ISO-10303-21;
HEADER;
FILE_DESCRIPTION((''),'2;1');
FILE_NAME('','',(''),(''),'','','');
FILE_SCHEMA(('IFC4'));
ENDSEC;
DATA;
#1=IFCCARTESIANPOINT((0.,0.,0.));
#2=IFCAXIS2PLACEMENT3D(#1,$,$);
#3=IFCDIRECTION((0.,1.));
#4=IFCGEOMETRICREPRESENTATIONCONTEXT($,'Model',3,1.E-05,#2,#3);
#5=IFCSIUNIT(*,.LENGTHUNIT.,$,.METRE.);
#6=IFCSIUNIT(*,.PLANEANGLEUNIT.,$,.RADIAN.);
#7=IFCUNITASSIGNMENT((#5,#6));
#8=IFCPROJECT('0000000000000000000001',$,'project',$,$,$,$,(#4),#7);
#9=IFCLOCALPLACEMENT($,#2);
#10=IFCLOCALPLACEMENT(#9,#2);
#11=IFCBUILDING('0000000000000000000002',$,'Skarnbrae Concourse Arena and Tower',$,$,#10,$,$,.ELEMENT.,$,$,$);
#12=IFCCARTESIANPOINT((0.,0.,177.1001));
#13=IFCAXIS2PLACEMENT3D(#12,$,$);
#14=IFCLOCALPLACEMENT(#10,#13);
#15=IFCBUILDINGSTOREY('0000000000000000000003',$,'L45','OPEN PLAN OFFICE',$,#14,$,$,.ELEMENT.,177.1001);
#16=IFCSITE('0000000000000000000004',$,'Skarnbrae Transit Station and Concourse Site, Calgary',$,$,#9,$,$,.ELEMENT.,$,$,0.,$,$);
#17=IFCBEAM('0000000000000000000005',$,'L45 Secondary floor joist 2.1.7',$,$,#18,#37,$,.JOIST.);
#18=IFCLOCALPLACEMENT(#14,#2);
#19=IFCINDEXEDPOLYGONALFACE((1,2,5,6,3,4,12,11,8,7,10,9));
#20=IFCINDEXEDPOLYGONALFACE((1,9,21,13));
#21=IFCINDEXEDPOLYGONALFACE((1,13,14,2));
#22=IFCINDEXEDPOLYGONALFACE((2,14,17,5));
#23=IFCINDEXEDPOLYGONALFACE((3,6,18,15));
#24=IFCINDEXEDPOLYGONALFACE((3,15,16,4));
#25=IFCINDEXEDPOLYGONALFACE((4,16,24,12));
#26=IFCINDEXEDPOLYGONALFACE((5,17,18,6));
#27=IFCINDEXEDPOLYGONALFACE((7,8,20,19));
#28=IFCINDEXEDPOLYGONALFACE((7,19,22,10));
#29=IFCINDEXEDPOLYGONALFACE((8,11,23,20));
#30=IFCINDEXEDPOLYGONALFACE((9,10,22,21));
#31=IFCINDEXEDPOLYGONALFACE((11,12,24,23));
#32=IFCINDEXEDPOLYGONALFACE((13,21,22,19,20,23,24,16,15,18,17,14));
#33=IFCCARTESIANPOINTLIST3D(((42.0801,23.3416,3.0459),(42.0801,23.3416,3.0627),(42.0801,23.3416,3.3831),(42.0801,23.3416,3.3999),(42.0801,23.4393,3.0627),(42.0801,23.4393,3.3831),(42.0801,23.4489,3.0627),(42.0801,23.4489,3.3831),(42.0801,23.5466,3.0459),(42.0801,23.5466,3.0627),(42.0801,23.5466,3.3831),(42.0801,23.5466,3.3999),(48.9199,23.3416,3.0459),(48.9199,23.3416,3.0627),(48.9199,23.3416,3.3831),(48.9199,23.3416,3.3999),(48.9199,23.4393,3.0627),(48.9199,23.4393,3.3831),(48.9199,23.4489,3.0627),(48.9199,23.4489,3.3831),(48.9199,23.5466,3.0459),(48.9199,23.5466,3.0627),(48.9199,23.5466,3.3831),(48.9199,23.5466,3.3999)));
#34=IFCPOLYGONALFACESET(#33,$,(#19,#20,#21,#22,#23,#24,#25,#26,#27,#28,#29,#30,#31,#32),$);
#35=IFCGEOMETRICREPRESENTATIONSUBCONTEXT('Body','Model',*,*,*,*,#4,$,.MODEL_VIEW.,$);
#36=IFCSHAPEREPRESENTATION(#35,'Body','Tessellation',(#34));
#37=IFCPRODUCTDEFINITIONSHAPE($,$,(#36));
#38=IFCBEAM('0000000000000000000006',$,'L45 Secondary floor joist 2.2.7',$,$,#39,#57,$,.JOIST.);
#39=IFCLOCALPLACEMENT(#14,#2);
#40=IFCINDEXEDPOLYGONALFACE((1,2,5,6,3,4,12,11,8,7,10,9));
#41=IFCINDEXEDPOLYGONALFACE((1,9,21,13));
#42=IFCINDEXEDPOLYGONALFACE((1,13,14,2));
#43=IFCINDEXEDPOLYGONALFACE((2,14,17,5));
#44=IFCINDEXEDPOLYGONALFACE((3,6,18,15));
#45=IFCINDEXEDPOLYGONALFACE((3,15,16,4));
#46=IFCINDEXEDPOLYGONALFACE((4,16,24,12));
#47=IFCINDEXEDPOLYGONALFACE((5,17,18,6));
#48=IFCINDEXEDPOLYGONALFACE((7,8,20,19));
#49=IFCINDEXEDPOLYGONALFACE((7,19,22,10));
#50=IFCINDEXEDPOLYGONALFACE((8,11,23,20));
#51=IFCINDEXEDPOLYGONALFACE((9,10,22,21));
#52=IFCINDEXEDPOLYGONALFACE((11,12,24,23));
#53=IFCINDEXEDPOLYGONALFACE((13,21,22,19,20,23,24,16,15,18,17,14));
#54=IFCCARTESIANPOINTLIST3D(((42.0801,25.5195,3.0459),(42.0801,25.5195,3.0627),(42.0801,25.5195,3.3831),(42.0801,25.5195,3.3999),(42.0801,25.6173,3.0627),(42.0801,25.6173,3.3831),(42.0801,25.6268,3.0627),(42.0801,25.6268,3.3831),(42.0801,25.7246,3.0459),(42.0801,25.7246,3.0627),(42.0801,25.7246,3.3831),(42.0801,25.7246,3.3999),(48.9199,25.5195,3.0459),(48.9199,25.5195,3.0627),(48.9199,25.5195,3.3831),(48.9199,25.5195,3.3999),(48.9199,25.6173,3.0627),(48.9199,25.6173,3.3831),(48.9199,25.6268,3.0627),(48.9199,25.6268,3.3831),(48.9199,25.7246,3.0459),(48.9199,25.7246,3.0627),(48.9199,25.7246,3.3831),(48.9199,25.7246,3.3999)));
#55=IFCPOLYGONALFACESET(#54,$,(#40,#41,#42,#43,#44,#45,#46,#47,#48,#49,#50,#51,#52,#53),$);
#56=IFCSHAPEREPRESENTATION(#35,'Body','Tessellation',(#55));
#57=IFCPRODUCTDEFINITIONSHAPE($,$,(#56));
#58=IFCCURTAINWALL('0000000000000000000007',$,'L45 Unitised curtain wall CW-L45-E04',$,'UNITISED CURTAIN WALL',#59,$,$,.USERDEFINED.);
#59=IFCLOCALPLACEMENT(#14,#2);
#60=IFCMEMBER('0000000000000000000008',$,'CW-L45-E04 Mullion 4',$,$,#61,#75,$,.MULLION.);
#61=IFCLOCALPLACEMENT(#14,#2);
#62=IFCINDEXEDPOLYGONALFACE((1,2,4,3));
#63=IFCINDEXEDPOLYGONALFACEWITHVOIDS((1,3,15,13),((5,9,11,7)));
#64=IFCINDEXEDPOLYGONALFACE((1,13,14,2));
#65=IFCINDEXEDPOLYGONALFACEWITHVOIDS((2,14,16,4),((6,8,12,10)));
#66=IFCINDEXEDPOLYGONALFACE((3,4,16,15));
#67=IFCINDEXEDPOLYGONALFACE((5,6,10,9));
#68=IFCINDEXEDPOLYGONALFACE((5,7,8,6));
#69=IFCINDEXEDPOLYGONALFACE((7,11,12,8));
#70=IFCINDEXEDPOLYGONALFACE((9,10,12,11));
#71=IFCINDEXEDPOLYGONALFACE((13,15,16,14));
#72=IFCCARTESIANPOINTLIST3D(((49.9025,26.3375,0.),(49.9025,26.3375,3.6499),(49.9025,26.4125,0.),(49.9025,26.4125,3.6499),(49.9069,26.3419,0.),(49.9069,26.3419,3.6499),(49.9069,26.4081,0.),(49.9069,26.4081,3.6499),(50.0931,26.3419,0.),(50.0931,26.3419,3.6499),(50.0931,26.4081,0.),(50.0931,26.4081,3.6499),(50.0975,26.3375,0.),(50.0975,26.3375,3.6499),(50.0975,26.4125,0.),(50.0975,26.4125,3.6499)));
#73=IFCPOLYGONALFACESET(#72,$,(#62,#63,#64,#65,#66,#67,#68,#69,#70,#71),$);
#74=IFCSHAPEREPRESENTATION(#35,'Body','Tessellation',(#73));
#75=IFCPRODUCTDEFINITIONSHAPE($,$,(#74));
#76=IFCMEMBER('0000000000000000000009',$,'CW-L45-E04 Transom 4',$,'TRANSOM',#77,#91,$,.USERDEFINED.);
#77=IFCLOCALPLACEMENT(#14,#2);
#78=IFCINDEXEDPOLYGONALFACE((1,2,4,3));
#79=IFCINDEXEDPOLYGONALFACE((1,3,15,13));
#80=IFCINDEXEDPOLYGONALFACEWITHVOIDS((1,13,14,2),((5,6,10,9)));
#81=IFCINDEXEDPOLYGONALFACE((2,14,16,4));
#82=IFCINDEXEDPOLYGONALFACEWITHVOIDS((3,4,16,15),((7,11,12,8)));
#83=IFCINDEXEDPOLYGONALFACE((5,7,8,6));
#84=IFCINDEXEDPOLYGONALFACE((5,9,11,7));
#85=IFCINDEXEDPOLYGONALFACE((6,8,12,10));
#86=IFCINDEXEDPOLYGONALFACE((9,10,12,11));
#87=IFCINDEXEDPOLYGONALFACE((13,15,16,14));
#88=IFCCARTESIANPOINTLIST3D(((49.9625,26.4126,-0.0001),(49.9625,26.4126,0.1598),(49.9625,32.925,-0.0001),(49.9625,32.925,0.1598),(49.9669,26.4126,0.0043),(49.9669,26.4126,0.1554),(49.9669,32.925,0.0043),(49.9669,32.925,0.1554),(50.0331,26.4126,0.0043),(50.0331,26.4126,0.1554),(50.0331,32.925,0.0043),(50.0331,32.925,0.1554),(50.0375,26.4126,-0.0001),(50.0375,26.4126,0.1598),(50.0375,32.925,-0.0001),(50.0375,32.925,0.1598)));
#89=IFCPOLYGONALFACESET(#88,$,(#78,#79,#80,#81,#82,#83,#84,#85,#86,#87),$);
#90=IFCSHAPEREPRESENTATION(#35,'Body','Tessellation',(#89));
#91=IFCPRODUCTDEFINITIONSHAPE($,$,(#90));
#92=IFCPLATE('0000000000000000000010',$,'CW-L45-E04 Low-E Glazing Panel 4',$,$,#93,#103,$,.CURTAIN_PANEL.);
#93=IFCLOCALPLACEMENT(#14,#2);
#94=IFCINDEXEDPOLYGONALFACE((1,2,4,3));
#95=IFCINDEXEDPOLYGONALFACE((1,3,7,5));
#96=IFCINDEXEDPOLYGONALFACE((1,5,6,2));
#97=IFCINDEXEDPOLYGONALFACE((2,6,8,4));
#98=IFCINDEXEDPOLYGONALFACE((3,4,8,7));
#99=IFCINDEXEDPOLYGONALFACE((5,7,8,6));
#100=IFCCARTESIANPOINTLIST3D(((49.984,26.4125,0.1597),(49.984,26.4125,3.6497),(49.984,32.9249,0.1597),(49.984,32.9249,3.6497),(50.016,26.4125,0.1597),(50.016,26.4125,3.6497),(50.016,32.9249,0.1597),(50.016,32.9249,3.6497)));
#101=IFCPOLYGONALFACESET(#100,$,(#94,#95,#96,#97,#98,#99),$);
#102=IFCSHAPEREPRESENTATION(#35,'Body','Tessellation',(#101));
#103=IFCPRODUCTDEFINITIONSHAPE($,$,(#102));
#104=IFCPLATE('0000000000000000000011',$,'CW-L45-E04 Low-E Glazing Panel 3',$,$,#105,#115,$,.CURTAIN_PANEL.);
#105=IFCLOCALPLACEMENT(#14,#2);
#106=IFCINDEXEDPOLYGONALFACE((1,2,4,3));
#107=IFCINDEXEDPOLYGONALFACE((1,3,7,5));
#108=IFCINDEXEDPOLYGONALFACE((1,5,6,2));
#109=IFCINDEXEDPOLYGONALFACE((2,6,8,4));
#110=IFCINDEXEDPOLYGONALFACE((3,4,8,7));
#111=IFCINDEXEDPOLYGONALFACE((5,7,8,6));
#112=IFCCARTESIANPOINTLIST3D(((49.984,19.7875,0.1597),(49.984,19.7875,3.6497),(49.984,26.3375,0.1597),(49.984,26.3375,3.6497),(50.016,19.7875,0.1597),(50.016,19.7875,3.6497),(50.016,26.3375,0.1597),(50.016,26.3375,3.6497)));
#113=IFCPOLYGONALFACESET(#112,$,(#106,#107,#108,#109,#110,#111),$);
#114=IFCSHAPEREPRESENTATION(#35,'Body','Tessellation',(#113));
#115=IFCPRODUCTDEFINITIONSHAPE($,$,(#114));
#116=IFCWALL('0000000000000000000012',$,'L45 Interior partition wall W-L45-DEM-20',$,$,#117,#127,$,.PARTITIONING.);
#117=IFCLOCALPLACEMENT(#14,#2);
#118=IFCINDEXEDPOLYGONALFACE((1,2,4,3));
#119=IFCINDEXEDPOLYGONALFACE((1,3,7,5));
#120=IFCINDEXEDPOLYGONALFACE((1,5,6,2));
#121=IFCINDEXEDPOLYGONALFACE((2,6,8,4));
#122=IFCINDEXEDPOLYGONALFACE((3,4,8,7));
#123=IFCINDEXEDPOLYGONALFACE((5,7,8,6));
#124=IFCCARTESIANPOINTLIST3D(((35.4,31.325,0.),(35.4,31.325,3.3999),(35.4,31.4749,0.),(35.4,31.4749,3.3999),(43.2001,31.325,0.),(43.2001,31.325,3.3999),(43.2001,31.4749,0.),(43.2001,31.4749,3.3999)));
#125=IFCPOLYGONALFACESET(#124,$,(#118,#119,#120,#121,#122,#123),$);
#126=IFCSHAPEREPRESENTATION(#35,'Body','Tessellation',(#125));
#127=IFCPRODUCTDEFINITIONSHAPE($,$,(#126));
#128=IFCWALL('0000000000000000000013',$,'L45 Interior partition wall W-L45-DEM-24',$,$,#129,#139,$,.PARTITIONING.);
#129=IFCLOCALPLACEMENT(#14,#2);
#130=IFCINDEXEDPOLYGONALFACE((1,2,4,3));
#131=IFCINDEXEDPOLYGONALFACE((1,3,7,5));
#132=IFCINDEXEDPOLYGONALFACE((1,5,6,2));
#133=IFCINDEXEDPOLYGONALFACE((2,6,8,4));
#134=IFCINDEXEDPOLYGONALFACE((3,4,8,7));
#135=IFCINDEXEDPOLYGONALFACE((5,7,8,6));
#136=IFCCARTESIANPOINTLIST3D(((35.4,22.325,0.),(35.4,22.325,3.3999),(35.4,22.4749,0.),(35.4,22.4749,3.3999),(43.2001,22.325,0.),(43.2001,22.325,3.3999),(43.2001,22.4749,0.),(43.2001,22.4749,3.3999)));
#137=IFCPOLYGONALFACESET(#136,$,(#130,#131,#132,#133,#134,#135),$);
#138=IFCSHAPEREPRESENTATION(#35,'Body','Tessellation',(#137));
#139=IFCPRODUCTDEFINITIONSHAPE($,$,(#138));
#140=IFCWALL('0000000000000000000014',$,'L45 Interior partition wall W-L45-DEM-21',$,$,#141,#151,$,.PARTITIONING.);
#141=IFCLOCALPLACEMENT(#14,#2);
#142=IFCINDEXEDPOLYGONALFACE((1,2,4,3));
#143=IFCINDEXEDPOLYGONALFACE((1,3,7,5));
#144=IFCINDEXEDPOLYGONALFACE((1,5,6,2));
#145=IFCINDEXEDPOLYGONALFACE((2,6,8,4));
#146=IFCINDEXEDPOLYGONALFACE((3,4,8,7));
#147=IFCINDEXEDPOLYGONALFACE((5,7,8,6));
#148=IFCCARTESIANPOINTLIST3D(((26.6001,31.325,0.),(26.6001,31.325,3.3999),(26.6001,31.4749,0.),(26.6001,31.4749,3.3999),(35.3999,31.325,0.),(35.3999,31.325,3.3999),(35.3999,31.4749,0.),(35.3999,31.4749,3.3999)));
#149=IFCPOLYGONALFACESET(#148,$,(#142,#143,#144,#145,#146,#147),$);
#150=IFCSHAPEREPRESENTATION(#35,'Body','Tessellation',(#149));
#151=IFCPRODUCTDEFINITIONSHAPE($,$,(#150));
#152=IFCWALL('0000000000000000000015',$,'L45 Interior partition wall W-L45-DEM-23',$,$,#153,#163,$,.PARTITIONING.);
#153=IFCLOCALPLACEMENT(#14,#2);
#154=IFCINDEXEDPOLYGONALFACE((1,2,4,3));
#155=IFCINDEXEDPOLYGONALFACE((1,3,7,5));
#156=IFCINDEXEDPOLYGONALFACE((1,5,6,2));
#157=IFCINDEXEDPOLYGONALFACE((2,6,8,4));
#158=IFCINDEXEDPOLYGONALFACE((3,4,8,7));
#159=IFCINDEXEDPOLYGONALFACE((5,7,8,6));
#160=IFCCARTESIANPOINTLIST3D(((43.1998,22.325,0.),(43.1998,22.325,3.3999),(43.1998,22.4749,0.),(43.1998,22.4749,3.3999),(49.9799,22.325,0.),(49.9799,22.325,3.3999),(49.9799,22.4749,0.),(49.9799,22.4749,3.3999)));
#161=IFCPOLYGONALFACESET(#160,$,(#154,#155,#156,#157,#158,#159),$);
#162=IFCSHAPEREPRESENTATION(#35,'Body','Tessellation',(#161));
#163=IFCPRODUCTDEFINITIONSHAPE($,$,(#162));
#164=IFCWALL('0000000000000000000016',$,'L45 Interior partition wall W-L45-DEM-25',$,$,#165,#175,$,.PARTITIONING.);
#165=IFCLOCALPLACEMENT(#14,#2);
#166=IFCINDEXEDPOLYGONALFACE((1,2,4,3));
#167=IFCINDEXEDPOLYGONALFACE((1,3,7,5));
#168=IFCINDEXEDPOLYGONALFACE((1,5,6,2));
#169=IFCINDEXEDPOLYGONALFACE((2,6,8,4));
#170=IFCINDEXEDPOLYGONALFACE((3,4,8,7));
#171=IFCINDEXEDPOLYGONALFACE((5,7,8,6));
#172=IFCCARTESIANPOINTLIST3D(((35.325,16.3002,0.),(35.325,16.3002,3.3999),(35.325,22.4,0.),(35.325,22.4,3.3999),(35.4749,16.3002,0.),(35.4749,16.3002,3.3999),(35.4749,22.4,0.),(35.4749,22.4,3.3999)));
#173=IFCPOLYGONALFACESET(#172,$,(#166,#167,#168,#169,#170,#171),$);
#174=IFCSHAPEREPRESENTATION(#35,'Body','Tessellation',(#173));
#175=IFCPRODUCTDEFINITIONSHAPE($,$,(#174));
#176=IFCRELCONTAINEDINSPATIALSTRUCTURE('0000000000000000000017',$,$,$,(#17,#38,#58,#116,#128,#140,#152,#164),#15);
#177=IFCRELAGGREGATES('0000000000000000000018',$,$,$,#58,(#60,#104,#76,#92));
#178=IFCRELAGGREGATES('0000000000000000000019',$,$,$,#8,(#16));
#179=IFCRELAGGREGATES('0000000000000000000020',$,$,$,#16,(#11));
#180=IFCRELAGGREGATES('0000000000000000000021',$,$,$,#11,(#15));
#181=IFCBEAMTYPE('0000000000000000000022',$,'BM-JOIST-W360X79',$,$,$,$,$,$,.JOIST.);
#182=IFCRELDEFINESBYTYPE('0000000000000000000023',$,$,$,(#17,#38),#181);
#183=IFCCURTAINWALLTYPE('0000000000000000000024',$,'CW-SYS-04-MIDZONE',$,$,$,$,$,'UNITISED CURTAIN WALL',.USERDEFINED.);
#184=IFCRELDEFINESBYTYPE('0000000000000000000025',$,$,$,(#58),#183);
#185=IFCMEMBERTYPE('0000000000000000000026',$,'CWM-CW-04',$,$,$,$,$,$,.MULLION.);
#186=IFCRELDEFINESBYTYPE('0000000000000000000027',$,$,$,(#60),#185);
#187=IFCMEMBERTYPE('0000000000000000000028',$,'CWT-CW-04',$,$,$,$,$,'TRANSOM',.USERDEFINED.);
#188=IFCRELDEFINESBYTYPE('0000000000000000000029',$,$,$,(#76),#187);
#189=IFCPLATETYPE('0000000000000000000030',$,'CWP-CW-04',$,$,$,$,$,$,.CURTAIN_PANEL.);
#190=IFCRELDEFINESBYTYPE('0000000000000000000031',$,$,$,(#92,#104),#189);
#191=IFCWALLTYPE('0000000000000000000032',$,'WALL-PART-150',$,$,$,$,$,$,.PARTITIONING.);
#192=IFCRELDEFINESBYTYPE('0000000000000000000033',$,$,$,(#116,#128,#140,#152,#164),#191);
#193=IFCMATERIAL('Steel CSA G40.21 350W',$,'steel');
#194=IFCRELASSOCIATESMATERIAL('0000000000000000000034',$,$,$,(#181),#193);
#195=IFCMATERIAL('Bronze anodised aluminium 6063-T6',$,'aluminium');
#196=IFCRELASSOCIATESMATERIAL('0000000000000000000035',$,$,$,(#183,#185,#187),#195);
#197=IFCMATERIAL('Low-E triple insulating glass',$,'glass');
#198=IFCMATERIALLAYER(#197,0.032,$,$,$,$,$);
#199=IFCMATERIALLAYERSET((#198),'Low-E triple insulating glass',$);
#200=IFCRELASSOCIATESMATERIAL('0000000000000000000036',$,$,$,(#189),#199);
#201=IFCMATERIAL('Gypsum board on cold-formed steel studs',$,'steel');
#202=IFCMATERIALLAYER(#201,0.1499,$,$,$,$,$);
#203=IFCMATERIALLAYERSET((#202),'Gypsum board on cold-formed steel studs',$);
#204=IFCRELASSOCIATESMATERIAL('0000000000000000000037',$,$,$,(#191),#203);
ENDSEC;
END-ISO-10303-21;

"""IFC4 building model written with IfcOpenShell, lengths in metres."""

from ifc_helpers import new_model, si_unit, direction, frame, frame_2d, origin, origin_2d, place, context, subcontext, project, spatial, rectangle, hollow_rectangle, i_section, extrude, source, transform, mapped, material, layer, layer_set, material_profile, profile_set, type_object, element, aggregate, save


model = new_model("IFC4")

# Units and contexts
model_context = context("Model", 3, precision=1e-05, world=origin(), true_north=direction((0.0, 1.0)))
body_context = subcontext(model_context, "Body", "Model", "MODEL_VIEW")
ifc_project = project(units=[si_unit("LENGTHUNIT", "METRE"), si_unit("PLANEANGLEUNIT", "RADIAN")], contexts=[model_context])

# Site, building, storey
site_placement = place(None, origin())
site = spatial("IfcSite", under=ifc_project, at=site_placement, Name="Skarnbrae Transit Station and Concourse Site, Calgary", CompositionType="ELEMENT", RefElevation=0.0)
building_placement = place(site_placement, origin())
building = spatial("IfcBuilding", under=site, at=building_placement, Name="Skarnbrae Concourse Arena and Tower", CompositionType="ELEMENT")
storey_placement = place(building_placement, frame((0.0, 0.0, 177.1001)))
storey = spatial("IfcBuildingStorey", under=building, at=storey_placement, Name="L45", Description="OPEN PLAN OFFICE", CompositionType="ELEMENT", Elevation=177.1001)

# Shared definitions
ifc_material_1 = material(Name="Steel CSA G40.21 350W", Category="steel")

# Beams
ifc_material_profile_1 = material_profile(ifc_material_1, i_section(OverallWidth=0.2051, OverallDepth=0.354, WebThickness=0.0095, FlangeThickness=0.0168, at=origin_2d()), Name="W360X79")
ifc_profile_set_1 = profile_set([ifc_material_profile_1], Name="Steel CSA G40.21 350W")
beam_type_1 = type_object("IfcBeamType", Name="BM-JOIST-W360X79", PredefinedType="JOIST", material=ifc_profile_set_1)
shared_shape_1 = source(origin(), body_context, "Body", "SweptSolid", [
    extrude(i_section(OverallWidth=0.2051, OverallDepth=0.354, WebThickness=0.0095, FlangeThickness=0.0168, at=origin_2d()), origin(), (0.0, 0.0, 1.0), 6.8398),
])
for number, where, z_axis, x_axis, name in (
    (1, (42.0801, 23.4441, 3.2229), (1.0, 0.0, 0.0), (0.0, 1.0, 0.0), "L45 Secondary floor joist 2.1.7"),
    (2, (42.0801, 25.6221, 3.2229), (1.0, 0.0, 0.0), (0.0, 1.0, 0.0), "L45 Secondary floor joist 2.2.7"),
):
    element("IfcBeam", number, at=place(storey_placement, frame(where, z_axis=z_axis, x_axis=x_axis)), inside=storey, type_object=beam_type_1, Name=name, PredefinedType="JOIST", context=body_context, shape_type="MappedRepresentation", body=[
        mapped(shared_shape_1, transform((0.0, 0.0, 0.0))),
    ])

# Curtain wall, members, plates
ifc_material_2 = material(Name="Bronze anodised aluminium 6063-T6", Category="aluminium")
curtain_wall_type = type_object("IfcCurtainWallType", Name="CW-SYS-04-MIDZONE", ElementType="UNITISED CURTAIN WALL", PredefinedType="USERDEFINED", material=ifc_material_2)
curtain_wall_placement = place(storey_placement, origin())
curtain_wall = element("IfcCurtainWall", 3, at=curtain_wall_placement, inside=storey, type_object=curtain_wall_type, Name="L45 Unitised curtain wall CW-L45-E04", ObjectType="UNITISED CURTAIN WALL", PredefinedType="USERDEFINED")
ifc_material_profile_2 = material_profile(ifc_material_2, hollow_rectangle(XDim=0.075, YDim=0.1951, WallThickness=0.0044, at=origin_2d()), Name="ALU-MULL-75X195")
ifc_profile_set_2 = profile_set([ifc_material_profile_2], Name="Bronze anodised aluminium 6063-T6")
member_type_1 = type_object("IfcMemberType", Name="CWM-CW-04", PredefinedType="MULLION", material=ifc_profile_set_2)
shared_shape_2 = source(origin(), body_context, "Body", "SweptSolid", [
    extrude(hollow_rectangle(XDim=0.075, YDim=0.1951, WallThickness=0.0044, at=origin_2d()), origin(), (0.0, 0.0, 1.0), 3.6499),
])
member_1_placement = place(storey_placement, frame((50.0, 26.375, 0.0), z_axis=(0.0, 0.0, 1.0), x_axis=(0.0, 1.0, 0.0)))
member_1 = element("IfcMember", 4, at=member_1_placement, type_object=member_type_1, Name="CW-L45-E04 Mullion 4", PredefinedType="MULLION", context=body_context, shape_type="MappedRepresentation", body=[
    mapped(shared_shape_2, transform((0.0, 0.0, 0.0))),
])
ifc_material_profile_3 = material_profile(ifc_material_2, hollow_rectangle(XDim=0.075, YDim=0.1599, WallThickness=0.0044, at=origin_2d()), Name="ALU-TRAN-75X160")
ifc_profile_set_3 = profile_set([ifc_material_profile_3], Name="Bronze anodised aluminium 6063-T6")
member_type_2 = type_object("IfcMemberType", Name="CWT-CW-04", ElementType="TRANSOM", PredefinedType="USERDEFINED", material=ifc_profile_set_3)
shared_shape_3 = source(origin(), body_context, "Body", "SweptSolid", [
    extrude(hollow_rectangle(XDim=0.075, YDim=0.1599, WallThickness=0.0044, at=origin_2d()), origin(), (0.0, 0.0, 1.0), 6.5125),
])
member_2_placement = place(storey_placement, frame((50.0, 26.4126, 0.0798), z_axis=(0.0, 1.0, 0.0), x_axis=(-1.0, 0.0, 0.0)))
member_2 = element("IfcMember", 5, at=member_2_placement, type_object=member_type_2, Name="CW-L45-E04 Transom 4", ObjectType="TRANSOM", PredefinedType="USERDEFINED", context=body_context, shape_type="MappedRepresentation", body=[
    mapped(shared_shape_3, transform((0.0, 0.0, 0.0))),
])
ifc_material_3 = material(Name="Low-E triple insulating glass", Category="glass")
ifc_layer_1 = layer(ifc_material_3, 0.032)
ifc_layer_set_1 = layer_set([ifc_layer_1], Name="Low-E triple insulating glass")
plate_type = type_object("IfcPlateType", Name="CWP-CW-04", PredefinedType="CURTAIN_PANEL", material=ifc_layer_set_1)
shared_shape_4 = source(origin(), body_context, "Body", "SweptSolid", [
    extrude(rectangle(XDim=6.5125, YDim=0.032, at=origin_2d()), origin(), (0.0, 0.0, 1.0), 3.49),
])
plate_1_placement = place(storey_placement, frame((50.0, 29.6687, 0.1597), z_axis=(0.0, 0.0, 1.0), x_axis=(0.0, 1.0, 0.0)))
plate_1 = element("IfcPlate", 6, at=plate_1_placement, type_object=plate_type, Name="CW-L45-E04 Low-E Glazing Panel 4", PredefinedType="CURTAIN_PANEL", context=body_context, shape_type="MappedRepresentation", body=[
    mapped(shared_shape_4, transform((0.0, 0.0, 0.0))),
])
shared_shape_5 = source(origin(), body_context, "Body", "SweptSolid", [
    extrude(rectangle(XDim=6.55, YDim=0.032, at=origin_2d()), origin(), (0.0, 0.0, 1.0), 3.49),
])
plate_2_placement = place(storey_placement, frame((50.0, 23.0625, 0.1597), z_axis=(0.0, 0.0, 1.0), x_axis=(0.0, 1.0, 0.0)))
plate_2 = element("IfcPlate", 7, at=plate_2_placement, type_object=plate_type, Name="CW-L45-E04 Low-E Glazing Panel 3", PredefinedType="CURTAIN_PANEL", context=body_context, shape_type="MappedRepresentation", body=[
    mapped(shared_shape_5, transform((0.0, 0.0, 0.0))),
])
aggregate(curtain_wall, [member_1, plate_2, member_2, plate_1])

# Walls
ifc_material_4 = material(Name="Gypsum board on cold-formed steel studs", Category="steel")
ifc_layer_2 = layer(ifc_material_4, 0.1499)
ifc_layer_set_2 = layer_set([ifc_layer_2], Name="Gypsum board on cold-formed steel studs")
wall_type = type_object("IfcWallType", Name="WALL-PART-150", PredefinedType="PARTITIONING", material=ifc_layer_set_2)
shared_shape_6 = source(origin(), body_context, "Body", "SweptSolid", [
    extrude(rectangle(XDim=7.8, YDim=0.1499, at=frame_2d((3.8999, 0.0))), origin(), (0.0, 0.0, 1.0), 3.3999),
])
for number, where, z_axis, x_axis, name in (
    (8, (43.2, 31.3999, 0.0), (0.0, 0.0, 1.0), (-1.0, 0.0, 0.0), "L45 Interior partition wall W-L45-DEM-20"),
    (9, (43.2, 22.3999, 0.0), (0.0, 0.0, 1.0), (-1.0, 0.0, 0.0), "L45 Interior partition wall W-L45-DEM-24"),
):
    element("IfcWall", number, at=place(storey_placement, frame(where, z_axis=z_axis, x_axis=x_axis)), inside=storey, type_object=wall_type, Name=name, PredefinedType="PARTITIONING", context=body_context, shape_type="MappedRepresentation", body=[
        mapped(shared_shape_6, transform((0.0, 0.0, 0.0))),
    ])
shared_shape_7 = source(origin(), body_context, "Body", "SweptSolid", [
    extrude(rectangle(XDim=8.7998, YDim=0.1499, at=frame_2d((4.3999, 0.0))), origin(), (0.0, 0.0, 1.0), 3.3999),
])
wall_1_placement = place(storey_placement, frame((35.3999, 31.3999, 0.0), z_axis=(0.0, 0.0, 1.0), x_axis=(-1.0, 0.0, 0.0)))
element("IfcWall", 10, at=wall_1_placement, inside=storey, type_object=wall_type, Name="L45 Interior partition wall W-L45-DEM-21", PredefinedType="PARTITIONING", context=body_context, shape_type="MappedRepresentation", body=[
    mapped(shared_shape_7, transform((0.0, 0.0, 0.0))),
])
shared_shape_8 = source(origin(), body_context, "Body", "SweptSolid", [
    extrude(rectangle(XDim=6.78, YDim=0.1499, at=frame_2d((3.3901, 0.0))), origin(), (0.0, 0.0, 1.0), 3.3999),
])
wall_2_placement = place(storey_placement, frame((49.98, 22.3999, 0.0), z_axis=(0.0, 0.0, 1.0), x_axis=(-1.0, 0.0, 0.0)))
element("IfcWall", 11, at=wall_2_placement, inside=storey, type_object=wall_type, Name="L45 Interior partition wall W-L45-DEM-23", PredefinedType="PARTITIONING", context=body_context, shape_type="MappedRepresentation", body=[
    mapped(shared_shape_8, transform((0.0, 0.0, 0.0))),
])
shared_shape_9 = source(origin(), body_context, "Body", "SweptSolid", [
    extrude(rectangle(XDim=6.0999, YDim=0.1499, at=frame_2d((3.0498, 0.0))), origin(), (0.0, 0.0, 1.0), 3.3999),
])
wall_3_placement = place(storey_placement, frame((35.3999, 22.3999, 0.0), z_axis=(0.0, 0.0, 1.0), x_axis=(0.0, -1.0, 0.0)))
element("IfcWall", 12, at=wall_3_placement, inside=storey, type_object=wall_type, Name="L45 Interior partition wall W-L45-DEM-25", PredefinedType="PARTITIONING", context=body_context, shape_type="MappedRepresentation", body=[
    mapped(shared_shape_9, transform((0.0, 0.0, 0.0))),
])

save(model, "model.ifc")
